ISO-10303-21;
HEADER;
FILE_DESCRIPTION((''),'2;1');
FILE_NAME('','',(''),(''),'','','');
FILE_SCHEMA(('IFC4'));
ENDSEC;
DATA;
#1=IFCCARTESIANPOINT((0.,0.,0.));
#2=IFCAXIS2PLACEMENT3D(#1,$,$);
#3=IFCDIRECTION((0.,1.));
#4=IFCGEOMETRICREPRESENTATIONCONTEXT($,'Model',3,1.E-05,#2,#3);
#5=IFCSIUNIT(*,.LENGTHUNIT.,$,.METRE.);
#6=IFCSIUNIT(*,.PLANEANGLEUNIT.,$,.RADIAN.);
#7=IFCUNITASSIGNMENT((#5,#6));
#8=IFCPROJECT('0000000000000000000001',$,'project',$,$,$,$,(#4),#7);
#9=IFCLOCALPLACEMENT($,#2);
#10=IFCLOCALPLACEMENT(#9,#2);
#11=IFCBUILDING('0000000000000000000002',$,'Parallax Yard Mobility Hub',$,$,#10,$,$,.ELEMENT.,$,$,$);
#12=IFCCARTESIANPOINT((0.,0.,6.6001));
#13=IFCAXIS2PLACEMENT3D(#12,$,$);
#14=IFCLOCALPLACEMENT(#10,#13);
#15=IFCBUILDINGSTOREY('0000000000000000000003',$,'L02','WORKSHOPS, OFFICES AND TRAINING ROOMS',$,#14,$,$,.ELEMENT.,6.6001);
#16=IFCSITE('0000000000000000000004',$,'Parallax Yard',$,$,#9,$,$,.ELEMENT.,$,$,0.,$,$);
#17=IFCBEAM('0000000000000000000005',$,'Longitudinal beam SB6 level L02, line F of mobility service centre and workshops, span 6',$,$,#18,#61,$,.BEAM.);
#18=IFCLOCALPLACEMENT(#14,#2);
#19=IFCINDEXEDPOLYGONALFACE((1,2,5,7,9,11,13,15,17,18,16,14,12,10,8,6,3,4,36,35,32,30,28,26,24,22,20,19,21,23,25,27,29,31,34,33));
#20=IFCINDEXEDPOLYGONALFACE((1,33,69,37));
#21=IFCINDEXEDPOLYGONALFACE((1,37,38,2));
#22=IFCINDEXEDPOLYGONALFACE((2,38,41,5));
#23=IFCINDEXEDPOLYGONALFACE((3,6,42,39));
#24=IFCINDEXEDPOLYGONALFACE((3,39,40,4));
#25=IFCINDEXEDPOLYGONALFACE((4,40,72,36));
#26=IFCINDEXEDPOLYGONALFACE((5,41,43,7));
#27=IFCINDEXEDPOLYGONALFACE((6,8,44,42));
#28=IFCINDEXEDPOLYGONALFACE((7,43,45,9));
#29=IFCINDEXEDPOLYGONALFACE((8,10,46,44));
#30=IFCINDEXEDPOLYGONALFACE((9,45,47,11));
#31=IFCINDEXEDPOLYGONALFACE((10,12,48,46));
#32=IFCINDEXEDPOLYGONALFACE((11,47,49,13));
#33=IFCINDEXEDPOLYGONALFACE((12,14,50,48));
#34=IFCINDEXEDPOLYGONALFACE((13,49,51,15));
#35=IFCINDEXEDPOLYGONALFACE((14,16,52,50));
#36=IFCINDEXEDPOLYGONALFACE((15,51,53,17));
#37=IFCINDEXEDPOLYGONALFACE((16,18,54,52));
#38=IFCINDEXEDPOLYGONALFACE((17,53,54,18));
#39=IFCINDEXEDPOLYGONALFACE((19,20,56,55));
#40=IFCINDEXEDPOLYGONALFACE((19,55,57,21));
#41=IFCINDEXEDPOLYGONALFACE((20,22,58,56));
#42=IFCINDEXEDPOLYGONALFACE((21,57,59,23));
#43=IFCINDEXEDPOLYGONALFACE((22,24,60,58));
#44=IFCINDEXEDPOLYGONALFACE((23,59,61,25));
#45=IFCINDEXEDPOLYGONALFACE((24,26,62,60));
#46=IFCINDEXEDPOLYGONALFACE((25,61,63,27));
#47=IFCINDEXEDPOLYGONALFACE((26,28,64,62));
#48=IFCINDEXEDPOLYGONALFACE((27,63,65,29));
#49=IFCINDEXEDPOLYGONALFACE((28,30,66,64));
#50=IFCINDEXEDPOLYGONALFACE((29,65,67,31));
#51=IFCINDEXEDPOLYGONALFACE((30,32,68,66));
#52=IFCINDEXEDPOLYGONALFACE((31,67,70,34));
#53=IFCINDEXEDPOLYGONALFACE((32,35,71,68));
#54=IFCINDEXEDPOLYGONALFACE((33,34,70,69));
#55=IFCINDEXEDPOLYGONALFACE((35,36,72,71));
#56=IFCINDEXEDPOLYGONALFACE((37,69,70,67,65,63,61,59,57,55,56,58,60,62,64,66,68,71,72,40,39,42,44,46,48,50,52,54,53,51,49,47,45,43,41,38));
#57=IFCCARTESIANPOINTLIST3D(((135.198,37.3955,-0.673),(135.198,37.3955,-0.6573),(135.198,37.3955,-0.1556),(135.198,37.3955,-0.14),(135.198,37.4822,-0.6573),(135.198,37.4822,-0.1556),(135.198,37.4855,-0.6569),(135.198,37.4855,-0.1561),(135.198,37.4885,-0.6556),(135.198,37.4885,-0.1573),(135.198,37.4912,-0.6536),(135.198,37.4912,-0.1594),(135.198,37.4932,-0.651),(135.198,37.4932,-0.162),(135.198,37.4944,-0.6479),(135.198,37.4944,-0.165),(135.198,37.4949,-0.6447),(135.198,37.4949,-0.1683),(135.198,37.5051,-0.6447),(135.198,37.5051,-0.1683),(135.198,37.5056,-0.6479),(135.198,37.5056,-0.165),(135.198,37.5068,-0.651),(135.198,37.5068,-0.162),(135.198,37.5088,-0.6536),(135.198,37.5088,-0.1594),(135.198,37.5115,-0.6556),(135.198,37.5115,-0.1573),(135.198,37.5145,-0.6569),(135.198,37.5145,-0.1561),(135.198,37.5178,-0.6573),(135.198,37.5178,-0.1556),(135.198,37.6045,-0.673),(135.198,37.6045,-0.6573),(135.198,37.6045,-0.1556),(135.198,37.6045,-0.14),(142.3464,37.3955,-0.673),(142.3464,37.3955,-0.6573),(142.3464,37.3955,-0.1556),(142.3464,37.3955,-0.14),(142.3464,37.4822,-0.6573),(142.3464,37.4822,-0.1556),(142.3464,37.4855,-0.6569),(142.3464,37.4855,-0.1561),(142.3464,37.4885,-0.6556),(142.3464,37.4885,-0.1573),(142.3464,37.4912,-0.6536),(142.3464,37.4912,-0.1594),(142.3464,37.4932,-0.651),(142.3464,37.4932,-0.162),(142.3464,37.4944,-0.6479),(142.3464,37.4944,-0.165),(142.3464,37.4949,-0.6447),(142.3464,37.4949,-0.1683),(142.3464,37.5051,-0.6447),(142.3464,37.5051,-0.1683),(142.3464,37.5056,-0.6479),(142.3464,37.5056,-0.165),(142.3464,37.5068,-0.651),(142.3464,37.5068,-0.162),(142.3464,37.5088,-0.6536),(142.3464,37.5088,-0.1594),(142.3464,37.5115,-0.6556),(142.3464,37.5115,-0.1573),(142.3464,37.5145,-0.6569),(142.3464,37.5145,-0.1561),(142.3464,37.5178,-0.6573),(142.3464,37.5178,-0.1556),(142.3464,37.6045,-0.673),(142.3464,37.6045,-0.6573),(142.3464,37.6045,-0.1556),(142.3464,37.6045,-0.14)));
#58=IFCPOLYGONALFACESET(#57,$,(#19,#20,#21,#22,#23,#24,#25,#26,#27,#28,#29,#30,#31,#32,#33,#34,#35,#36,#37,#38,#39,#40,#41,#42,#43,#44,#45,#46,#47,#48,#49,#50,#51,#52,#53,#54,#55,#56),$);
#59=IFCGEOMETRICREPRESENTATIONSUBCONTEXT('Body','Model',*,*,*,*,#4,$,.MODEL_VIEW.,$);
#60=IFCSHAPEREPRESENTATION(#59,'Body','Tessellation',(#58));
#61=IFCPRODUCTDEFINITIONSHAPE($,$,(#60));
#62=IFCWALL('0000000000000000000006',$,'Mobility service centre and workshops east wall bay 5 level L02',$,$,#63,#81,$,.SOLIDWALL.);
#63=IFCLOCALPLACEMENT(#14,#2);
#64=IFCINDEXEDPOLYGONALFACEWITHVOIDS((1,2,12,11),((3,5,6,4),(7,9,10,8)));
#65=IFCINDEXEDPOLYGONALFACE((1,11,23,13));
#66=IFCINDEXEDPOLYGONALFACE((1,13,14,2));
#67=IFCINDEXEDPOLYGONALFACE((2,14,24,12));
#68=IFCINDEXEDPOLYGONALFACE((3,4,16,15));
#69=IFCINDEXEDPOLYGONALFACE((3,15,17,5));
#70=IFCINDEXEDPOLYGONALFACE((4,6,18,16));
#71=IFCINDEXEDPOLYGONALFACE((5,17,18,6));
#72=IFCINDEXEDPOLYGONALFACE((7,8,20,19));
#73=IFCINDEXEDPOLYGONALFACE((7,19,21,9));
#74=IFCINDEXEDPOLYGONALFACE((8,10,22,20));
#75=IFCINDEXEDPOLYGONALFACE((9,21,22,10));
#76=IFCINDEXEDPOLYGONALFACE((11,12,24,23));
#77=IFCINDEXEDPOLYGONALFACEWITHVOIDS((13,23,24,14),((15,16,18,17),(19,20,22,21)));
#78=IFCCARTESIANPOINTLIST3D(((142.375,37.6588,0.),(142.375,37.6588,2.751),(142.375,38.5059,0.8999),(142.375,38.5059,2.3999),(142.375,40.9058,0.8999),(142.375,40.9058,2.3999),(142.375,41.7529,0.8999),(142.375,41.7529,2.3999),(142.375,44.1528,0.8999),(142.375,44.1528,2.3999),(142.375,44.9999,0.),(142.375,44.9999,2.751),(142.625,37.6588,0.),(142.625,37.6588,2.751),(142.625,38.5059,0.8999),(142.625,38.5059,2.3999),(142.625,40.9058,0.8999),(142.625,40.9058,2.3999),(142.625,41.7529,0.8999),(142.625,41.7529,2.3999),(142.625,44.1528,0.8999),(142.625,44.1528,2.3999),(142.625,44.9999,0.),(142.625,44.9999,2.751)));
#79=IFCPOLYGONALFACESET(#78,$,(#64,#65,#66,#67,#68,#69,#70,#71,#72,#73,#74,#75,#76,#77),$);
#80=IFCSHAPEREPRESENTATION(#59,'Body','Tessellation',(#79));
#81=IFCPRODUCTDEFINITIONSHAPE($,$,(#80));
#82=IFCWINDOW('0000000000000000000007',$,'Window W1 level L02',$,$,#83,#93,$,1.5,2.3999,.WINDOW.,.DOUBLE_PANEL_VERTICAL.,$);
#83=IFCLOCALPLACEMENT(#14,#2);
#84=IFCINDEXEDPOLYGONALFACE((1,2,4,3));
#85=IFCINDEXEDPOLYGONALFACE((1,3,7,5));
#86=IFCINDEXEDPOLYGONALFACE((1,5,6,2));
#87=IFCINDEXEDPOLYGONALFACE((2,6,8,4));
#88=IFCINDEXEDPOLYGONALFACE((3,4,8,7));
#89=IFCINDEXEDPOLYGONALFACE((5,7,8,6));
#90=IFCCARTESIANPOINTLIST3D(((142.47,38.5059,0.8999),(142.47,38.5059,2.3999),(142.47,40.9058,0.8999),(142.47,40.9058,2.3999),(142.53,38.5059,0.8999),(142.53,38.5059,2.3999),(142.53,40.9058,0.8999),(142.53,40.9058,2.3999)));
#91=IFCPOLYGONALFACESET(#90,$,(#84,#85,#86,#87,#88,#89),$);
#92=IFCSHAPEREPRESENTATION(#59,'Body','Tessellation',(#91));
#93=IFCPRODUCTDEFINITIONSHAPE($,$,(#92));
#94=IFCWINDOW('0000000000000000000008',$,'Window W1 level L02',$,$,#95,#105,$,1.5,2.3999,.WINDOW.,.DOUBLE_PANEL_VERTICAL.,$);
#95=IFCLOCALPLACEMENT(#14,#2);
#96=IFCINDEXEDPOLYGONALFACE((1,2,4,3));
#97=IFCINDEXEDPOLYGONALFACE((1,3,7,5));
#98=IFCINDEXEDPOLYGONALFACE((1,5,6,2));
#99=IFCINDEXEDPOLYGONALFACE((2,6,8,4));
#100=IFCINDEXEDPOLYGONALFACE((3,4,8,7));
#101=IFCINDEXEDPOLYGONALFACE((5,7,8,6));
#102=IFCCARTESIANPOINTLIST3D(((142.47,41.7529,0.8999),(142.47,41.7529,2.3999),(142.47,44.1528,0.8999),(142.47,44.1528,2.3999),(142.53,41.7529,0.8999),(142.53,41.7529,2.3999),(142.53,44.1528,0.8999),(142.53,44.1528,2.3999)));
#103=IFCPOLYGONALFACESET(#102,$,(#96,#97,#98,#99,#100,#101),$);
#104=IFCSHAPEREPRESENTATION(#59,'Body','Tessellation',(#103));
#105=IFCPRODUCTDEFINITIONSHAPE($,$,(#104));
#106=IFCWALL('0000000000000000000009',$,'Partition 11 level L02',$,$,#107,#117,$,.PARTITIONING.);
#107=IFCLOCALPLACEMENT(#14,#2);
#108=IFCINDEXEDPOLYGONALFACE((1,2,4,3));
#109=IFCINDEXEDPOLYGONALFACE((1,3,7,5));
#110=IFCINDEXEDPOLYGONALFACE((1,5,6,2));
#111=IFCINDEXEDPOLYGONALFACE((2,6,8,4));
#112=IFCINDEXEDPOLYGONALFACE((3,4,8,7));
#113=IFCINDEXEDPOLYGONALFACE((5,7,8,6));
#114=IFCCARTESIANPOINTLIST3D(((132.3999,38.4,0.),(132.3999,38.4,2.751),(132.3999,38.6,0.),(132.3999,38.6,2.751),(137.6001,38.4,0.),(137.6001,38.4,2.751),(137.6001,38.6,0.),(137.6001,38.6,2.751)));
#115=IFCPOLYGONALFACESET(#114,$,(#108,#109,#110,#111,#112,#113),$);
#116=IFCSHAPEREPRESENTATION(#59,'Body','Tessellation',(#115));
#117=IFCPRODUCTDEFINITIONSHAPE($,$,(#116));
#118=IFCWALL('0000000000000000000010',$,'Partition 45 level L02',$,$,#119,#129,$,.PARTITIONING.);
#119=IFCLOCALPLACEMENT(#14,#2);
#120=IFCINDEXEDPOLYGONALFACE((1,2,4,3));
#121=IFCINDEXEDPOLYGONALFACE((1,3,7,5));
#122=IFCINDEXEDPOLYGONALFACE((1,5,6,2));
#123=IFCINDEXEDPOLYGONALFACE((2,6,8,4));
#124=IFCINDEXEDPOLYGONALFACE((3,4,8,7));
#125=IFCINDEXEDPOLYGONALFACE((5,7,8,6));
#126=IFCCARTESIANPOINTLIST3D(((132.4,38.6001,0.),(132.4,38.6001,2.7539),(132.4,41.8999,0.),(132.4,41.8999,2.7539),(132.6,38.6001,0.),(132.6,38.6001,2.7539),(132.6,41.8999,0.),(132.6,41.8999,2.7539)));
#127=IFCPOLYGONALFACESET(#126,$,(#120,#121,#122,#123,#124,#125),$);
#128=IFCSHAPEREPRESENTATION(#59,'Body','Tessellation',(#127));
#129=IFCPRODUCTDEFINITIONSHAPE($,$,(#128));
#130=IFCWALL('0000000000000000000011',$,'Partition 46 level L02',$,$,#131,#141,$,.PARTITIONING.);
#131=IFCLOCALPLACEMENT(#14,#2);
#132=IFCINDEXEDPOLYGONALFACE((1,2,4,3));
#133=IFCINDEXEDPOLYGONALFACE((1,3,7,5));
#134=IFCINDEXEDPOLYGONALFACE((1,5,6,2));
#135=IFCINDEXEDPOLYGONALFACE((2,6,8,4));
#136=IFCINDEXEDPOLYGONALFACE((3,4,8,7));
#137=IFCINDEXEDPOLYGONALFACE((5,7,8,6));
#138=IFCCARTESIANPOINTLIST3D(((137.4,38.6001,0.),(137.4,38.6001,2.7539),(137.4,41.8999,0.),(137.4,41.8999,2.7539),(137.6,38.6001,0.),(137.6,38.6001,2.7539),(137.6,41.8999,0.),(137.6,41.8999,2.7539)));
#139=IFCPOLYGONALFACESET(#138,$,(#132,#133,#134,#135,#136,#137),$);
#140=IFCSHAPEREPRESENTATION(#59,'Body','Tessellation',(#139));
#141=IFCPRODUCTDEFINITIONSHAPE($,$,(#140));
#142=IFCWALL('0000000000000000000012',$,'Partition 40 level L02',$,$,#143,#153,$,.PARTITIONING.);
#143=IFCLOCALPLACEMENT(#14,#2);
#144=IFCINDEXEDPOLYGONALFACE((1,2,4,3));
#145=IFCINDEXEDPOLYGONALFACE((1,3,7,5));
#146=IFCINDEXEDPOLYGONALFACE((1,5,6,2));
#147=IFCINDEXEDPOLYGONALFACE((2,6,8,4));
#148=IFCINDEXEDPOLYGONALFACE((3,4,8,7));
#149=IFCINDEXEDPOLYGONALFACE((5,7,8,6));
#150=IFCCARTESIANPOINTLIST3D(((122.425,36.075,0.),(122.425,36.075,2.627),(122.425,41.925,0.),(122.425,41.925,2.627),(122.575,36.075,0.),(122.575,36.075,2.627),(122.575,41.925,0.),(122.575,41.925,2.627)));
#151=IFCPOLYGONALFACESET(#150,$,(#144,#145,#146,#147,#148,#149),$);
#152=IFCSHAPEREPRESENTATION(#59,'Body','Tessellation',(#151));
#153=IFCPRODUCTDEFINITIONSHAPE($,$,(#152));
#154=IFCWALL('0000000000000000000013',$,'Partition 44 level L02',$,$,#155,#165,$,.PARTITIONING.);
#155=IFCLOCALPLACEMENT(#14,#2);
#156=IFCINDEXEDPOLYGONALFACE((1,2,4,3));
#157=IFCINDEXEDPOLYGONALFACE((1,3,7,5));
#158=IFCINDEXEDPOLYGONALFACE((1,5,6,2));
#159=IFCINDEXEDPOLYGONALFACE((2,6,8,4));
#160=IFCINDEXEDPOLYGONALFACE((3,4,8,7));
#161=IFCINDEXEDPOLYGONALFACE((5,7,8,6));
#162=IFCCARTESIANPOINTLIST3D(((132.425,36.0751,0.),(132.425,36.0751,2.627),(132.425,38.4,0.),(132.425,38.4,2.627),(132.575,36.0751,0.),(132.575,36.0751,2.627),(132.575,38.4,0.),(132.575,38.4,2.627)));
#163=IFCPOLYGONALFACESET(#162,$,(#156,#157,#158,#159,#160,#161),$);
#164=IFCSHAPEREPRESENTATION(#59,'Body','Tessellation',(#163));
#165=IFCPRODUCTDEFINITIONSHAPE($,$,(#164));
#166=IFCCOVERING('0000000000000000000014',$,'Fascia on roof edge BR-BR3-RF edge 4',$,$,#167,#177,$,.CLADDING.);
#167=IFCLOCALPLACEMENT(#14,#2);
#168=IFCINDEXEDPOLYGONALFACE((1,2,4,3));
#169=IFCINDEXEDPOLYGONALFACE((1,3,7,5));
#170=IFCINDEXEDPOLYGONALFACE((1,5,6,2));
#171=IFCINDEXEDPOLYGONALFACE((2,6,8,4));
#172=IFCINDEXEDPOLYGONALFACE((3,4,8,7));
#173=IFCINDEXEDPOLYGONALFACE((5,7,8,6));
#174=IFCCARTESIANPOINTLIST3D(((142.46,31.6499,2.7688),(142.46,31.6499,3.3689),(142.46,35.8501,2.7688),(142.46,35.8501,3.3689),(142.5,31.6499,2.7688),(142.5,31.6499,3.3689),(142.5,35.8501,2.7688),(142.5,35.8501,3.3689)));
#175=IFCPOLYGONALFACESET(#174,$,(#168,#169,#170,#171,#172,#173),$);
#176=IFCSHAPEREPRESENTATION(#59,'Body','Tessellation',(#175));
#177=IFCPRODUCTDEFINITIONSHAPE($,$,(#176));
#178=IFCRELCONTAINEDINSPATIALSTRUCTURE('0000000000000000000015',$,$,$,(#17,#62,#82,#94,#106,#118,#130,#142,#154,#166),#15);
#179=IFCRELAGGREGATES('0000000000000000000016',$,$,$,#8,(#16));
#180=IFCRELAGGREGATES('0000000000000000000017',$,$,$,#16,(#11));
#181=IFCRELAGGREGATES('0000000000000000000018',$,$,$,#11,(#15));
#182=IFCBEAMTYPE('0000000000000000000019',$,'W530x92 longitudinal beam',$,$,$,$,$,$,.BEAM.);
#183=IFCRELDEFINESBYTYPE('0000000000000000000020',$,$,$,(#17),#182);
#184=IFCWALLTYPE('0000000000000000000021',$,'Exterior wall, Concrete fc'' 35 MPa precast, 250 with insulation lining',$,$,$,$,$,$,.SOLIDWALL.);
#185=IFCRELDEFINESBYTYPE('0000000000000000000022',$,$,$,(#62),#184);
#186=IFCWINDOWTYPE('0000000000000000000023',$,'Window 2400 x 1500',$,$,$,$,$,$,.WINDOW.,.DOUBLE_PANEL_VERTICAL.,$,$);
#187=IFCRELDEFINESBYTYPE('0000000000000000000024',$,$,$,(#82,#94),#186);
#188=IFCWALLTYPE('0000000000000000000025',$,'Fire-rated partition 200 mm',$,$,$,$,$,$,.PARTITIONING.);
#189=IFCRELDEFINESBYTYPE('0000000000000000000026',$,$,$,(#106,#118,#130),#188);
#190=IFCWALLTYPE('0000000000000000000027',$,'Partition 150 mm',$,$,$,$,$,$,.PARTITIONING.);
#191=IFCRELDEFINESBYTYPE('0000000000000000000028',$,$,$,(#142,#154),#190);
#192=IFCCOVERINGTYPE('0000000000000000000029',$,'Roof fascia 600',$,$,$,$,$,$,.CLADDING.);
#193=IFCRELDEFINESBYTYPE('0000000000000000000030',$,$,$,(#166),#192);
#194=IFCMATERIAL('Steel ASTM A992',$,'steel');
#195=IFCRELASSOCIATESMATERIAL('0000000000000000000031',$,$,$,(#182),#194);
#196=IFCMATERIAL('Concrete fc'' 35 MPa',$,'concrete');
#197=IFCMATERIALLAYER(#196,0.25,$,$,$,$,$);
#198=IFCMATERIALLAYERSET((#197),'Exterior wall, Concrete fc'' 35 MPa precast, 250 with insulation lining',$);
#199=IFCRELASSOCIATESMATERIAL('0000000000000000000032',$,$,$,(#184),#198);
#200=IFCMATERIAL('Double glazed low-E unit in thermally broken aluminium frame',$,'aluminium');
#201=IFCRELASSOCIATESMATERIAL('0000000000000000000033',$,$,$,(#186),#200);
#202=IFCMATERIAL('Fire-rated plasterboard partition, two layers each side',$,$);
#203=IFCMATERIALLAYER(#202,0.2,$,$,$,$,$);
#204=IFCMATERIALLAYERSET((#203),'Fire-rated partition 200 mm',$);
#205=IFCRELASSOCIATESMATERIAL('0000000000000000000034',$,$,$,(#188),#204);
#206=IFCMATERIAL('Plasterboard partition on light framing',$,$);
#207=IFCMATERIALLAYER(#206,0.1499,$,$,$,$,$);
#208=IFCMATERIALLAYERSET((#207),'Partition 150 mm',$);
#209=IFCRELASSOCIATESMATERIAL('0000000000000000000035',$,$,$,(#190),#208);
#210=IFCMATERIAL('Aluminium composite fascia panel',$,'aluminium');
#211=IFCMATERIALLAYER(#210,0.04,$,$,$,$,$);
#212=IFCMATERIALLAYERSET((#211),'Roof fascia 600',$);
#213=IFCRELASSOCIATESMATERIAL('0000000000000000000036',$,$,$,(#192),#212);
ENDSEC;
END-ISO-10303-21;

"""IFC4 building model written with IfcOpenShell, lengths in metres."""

from ifc_helpers import new_model, si_unit, direction, frame, frame_2d, origin, origin_2d, place, context, subcontext, project, spatial, polyline, rectangle, i_section, outline, extrude, material, layer, layer_set, material_profile, profile_set, type_object, element, fill, save


model = new_model("IFC4")

# Units and contexts
model_context = context("Model", 3, precision=1e-05, world=origin(), true_north=direction((0.0, 1.0)))
body_context = subcontext(model_context, "Body", "Model", "MODEL_VIEW")
ifc_project = project(units=[si_unit("LENGTHUNIT", "METRE"), si_unit("PLANEANGLEUNIT", "RADIAN")], contexts=[model_context])

# Site, building, storey
site_placement = place(None, origin())
site = spatial("IfcSite", under=ifc_project, at=site_placement, Name="Parallax Yard", CompositionType="ELEMENT", RefElevation=0.0)
building_placement = place(site_placement, origin())
building = spatial("IfcBuilding", under=site, at=building_placement, Name="Parallax Yard Mobility Hub", CompositionType="ELEMENT")
storey_placement = place(building_placement, frame((0.0, 0.0, 6.6001)))
storey = spatial("IfcBuildingStorey", under=building, at=storey_placement, Name="L02", Description="WORKSHOPS, OFFICES AND TRAINING ROOMS", CompositionType="ELEMENT", Elevation=6.6001)

# Shared definitions
ifc_material_1 = material(Name="Steel ASTM A992", Category="steel")

# Beam
ifc_material_profile_1 = material_profile(ifc_material_1, i_section(OverallWidth=0.209, OverallDepth=0.533, WebThickness=0.0103, FlangeThickness=0.0156, FilletRadius=0.0127, at=origin_2d()), Name="W530x92")
ifc_profile_set_1 = profile_set([ifc_material_profile_1], Name="Steel ASTM A992")
beam_type_1 = type_object("IfcBeamType", Name="W530x92 longitudinal beam", PredefinedType="BEAM", material=ifc_profile_set_1)
beam_1_placement = place(storey_placement, frame((135.198, 37.5, -0.4065), z_axis=(1.0, 0.0, 0.0), x_axis=(0.0, 1.0, 0.0)))
element("IfcBeam", 1, at=beam_1_placement, inside=storey, type_object=beam_type_1, Name="Longitudinal beam SB6 level L02, line F of mobility service centre and workshops, span 6", PredefinedType="BEAM", context=body_context, shape_type="SweptSolid", body=[
    extrude(i_section(OverallWidth=0.209, OverallDepth=0.533, WebThickness=0.0103, FlangeThickness=0.0156, FilletRadius=0.0127, at=origin_2d()), origin(), (0.0, 0.0, 1.0), 7.1484),
])

# Wall, openings, windows
ifc_material_2 = material(Name="Concrete fc' 35 MPa", Category="concrete")
ifc_layer_1 = layer(ifc_material_2, 0.25)
ifc_layer_set_1 = layer_set([ifc_layer_1], Name="Exterior wall, Concrete fc' 35 MPa precast, 250 with insulation lining")
wall_type_1 = type_object("IfcWallType", Name="Exterior wall, Concrete fc' 35 MPa precast, 250 with insulation lining", PredefinedType="SOLIDWALL", material=ifc_layer_set_1)
wall_1_placement = place(storey_placement, frame((142.5, 37.6589, 0.0), z_axis=(0.0, 0.0, 1.0), x_axis=(0.0, 1.0, 0.0)))
wall_1 = element("IfcWall", 2, at=wall_1_placement, inside=storey, type_object=wall_type_1, Name="Mobility service centre and workshops east wall bay 5 level L02", PredefinedType="SOLIDWALL", context=body_context, shape_type="SweptSolid", body=[
    extrude(rectangle(XDim=7.3411, YDim=0.25, at=frame_2d((3.6704, 0.0))), origin(), (0.0, 0.0, 1.0), 2.751),
])
opening_1_placement = place(wall_1_placement, frame((0.8469, 0.0, 0.8999)))
opening_1 = element("IfcOpeningElement", 3, at=opening_1_placement, cuts=wall_1, PredefinedType="OPENING", context=body_context, shape_type="SweptSolid", body=[
    extrude(rectangle(XDim=2.3999, YDim=1.5, at=frame_2d((1.2, 0.75))), frame((0.0, 0.135, 0.0), z_axis=(0.0, -1.0, 0.0), x_axis=(1.0, 0.0, 0.0)), (0.0, 0.0, 1.0), 0.27),
])
opening_2_placement = place(wall_1_placement, frame((4.094, 0.0, 0.8999)))
opening_2 = element("IfcOpeningElement", 4, at=opening_2_placement, cuts=wall_1, PredefinedType="OPENING", context=body_context, shape_type="SweptSolid", body=[
    extrude(rectangle(XDim=2.3999, YDim=1.5, at=frame_2d((1.2, 0.75))), frame((0.0, 0.135, 0.0), z_axis=(0.0, -1.0, 0.0), x_axis=(1.0, 0.0, 0.0)), (0.0, 0.0, 1.0), 0.27),
])
ifc_material_3 = material(Name="Double glazed low-E unit in thermally broken aluminium frame", Category="aluminium")
window_type = type_object("IfcWindowType", Name="Window 2400 x 1500", PartitioningType="DOUBLE_PANEL_VERTICAL", PredefinedType="WINDOW", material=ifc_material_3)
window_1_placement = place(opening_1_placement, origin())
window_1 = element("IfcWindow", 5, at=window_1_placement, inside=storey, type_object=window_type, Name="Window W1 level L02", OverallHeight=1.5, OverallWidth=2.3999, PartitioningType="DOUBLE_PANEL_VERTICAL", PredefinedType="WINDOW", context=body_context, shape_type="SweptSolid", body=[
    extrude(rectangle(XDim=2.3999, YDim=1.5, at=frame_2d((1.2, 0.75))), frame((0.0, 0.03, 0.0), z_axis=(0.0, -1.0, 0.0), x_axis=(1.0, 0.0, 0.0)), (0.0, 0.0, 1.0), 0.0601),
])
fill(opening_1, window_1)
window_2_placement = place(opening_2_placement, origin())
window_2 = element("IfcWindow", 6, at=window_2_placement, inside=storey, type_object=window_type, Name="Window W1 level L02", OverallHeight=1.5, OverallWidth=2.3999, PartitioningType="DOUBLE_PANEL_VERTICAL", PredefinedType="WINDOW", context=body_context, shape_type="SweptSolid", body=[
    extrude(rectangle(XDim=2.3999, YDim=1.5, at=frame_2d((1.2, 0.75))), frame((0.0, 0.03, 0.0), z_axis=(0.0, -1.0, 0.0), x_axis=(1.0, 0.0, 0.0)), (0.0, 0.0, 1.0), 0.0601),
])
fill(opening_2, window_2)

# Walls
ifc_material_4 = material(Name="Fire-rated plasterboard partition, two layers each side")
ifc_layer_2 = layer(ifc_material_4, 0.2)
ifc_layer_set_2 = layer_set([ifc_layer_2], Name="Fire-rated partition 200 mm")
wall_type_2 = type_object("IfcWallType", Name="Fire-rated partition 200 mm", PredefinedType="PARTITIONING", material=ifc_layer_set_2)
wall_2_placement = place(storey_placement, frame((132.3999, 38.5, 0.0), z_axis=(0.0, 0.0, 1.0), x_axis=(1.0, 0.0, 0.0)))
element("IfcWall", 7, at=wall_2_placement, inside=storey, type_object=wall_type_2, Name="Partition 11 level L02", PredefinedType="PARTITIONING", context=body_context, shape_type="SweptSolid", body=[
    extrude(rectangle(XDim=5.2002, YDim=0.2, at=frame_2d((2.6001, 0.0))), origin(), (0.0, 0.0, 1.0), 2.751),
])
for number, where, z_axis, x_axis, name in (
    (8, (132.5, 38.6001, 0.0), (0.0, 0.0, 1.0), (0.0, 1.0, 0.0), "Partition 45 level L02"),
    (9, (137.5, 38.6001, 0.0), (0.0, 0.0, 1.0), (0.0, 1.0, 0.0), "Partition 46 level L02"),
):
    element("IfcWall", number, at=place(storey_placement, frame(where, z_axis=z_axis, x_axis=x_axis)), inside=storey, type_object=wall_type_2, Name=name, PredefinedType="PARTITIONING", context=body_context, shape_type="SweptSolid", body=[
        extrude(rectangle(XDim=3.2998, YDim=0.2, at=frame_2d((1.6499, 0.0))), origin(), (0.0, 0.0, 1.0), 2.7539),
    ])
ifc_material_5 = material(Name="Plasterboard partition on light framing")
ifc_layer_3 = layer(ifc_material_5, 0.1499)
ifc_layer_set_3 = layer_set([ifc_layer_3], Name="Partition 150 mm")
wall_type_3 = type_object("IfcWallType", Name="Partition 150 mm", PredefinedType="PARTITIONING", material=ifc_layer_set_3)
wall_3_placement = place(storey_placement, frame((122.5, 36.075, 0.0), z_axis=(0.0, 0.0, 1.0), x_axis=(0.0, 1.0, 0.0)))
element("IfcWall", 10, at=wall_3_placement, inside=storey, type_object=wall_type_3, Name="Partition 40 level L02", PredefinedType="PARTITIONING", context=body_context, shape_type="SweptSolid", body=[
    extrude(rectangle(XDim=5.8501, YDim=0.1499, at=frame_2d((2.925, 0.0))), origin(), (0.0, 0.0, 1.0), 2.627),
])
wall_4_placement = place(storey_placement, frame((132.5, 36.075, 0.0), z_axis=(0.0, 0.0, 1.0), x_axis=(0.0, 1.0, 0.0)))
element("IfcWall", 11, at=wall_4_placement, inside=storey, type_object=wall_type_3, Name="Partition 44 level L02", PredefinedType="PARTITIONING", context=body_context, shape_type="SweptSolid", body=[
    extrude(rectangle(XDim=2.325, YDim=0.1499, at=frame_2d((1.1626, 0.0))), origin(), (0.0, 0.0, 1.0), 2.627),
])

# Covering
ifc_material_6 = material(Name="Aluminium composite fascia panel", Category="aluminium")
ifc_layer_4 = layer(ifc_material_6, 0.04)
ifc_layer_set_4 = layer_set([ifc_layer_4], Name="Roof fascia 600")
covering_type = type_object("IfcCoveringType", Name="Roof fascia 600", PredefinedType="CLADDING", material=ifc_layer_set_4)
covering_placement = place(storey_placement, frame((142.5, 35.8501, 3.3689), z_axis=(1.0, 0.0, 0.0), x_axis=(0.0, -1.0, 0.0)))
element("IfcCovering", 12, at=covering_placement, inside=storey, type_object=covering_type, Name="Fascia on roof edge BR-BR3-RF edge 4", PredefinedType="CLADDING", context=body_context, shape_type="SweptSolid", body=[
    extrude(outline(polyline([(0.0, 0.0), (4.2002, 0.0), (4.2002, 0.6001), (0.0, 0.6001), (0.0, 0.0)])), origin(), (0.0, 0.0, -1.0), 0.04),
])

save(model, "model.ifc")
